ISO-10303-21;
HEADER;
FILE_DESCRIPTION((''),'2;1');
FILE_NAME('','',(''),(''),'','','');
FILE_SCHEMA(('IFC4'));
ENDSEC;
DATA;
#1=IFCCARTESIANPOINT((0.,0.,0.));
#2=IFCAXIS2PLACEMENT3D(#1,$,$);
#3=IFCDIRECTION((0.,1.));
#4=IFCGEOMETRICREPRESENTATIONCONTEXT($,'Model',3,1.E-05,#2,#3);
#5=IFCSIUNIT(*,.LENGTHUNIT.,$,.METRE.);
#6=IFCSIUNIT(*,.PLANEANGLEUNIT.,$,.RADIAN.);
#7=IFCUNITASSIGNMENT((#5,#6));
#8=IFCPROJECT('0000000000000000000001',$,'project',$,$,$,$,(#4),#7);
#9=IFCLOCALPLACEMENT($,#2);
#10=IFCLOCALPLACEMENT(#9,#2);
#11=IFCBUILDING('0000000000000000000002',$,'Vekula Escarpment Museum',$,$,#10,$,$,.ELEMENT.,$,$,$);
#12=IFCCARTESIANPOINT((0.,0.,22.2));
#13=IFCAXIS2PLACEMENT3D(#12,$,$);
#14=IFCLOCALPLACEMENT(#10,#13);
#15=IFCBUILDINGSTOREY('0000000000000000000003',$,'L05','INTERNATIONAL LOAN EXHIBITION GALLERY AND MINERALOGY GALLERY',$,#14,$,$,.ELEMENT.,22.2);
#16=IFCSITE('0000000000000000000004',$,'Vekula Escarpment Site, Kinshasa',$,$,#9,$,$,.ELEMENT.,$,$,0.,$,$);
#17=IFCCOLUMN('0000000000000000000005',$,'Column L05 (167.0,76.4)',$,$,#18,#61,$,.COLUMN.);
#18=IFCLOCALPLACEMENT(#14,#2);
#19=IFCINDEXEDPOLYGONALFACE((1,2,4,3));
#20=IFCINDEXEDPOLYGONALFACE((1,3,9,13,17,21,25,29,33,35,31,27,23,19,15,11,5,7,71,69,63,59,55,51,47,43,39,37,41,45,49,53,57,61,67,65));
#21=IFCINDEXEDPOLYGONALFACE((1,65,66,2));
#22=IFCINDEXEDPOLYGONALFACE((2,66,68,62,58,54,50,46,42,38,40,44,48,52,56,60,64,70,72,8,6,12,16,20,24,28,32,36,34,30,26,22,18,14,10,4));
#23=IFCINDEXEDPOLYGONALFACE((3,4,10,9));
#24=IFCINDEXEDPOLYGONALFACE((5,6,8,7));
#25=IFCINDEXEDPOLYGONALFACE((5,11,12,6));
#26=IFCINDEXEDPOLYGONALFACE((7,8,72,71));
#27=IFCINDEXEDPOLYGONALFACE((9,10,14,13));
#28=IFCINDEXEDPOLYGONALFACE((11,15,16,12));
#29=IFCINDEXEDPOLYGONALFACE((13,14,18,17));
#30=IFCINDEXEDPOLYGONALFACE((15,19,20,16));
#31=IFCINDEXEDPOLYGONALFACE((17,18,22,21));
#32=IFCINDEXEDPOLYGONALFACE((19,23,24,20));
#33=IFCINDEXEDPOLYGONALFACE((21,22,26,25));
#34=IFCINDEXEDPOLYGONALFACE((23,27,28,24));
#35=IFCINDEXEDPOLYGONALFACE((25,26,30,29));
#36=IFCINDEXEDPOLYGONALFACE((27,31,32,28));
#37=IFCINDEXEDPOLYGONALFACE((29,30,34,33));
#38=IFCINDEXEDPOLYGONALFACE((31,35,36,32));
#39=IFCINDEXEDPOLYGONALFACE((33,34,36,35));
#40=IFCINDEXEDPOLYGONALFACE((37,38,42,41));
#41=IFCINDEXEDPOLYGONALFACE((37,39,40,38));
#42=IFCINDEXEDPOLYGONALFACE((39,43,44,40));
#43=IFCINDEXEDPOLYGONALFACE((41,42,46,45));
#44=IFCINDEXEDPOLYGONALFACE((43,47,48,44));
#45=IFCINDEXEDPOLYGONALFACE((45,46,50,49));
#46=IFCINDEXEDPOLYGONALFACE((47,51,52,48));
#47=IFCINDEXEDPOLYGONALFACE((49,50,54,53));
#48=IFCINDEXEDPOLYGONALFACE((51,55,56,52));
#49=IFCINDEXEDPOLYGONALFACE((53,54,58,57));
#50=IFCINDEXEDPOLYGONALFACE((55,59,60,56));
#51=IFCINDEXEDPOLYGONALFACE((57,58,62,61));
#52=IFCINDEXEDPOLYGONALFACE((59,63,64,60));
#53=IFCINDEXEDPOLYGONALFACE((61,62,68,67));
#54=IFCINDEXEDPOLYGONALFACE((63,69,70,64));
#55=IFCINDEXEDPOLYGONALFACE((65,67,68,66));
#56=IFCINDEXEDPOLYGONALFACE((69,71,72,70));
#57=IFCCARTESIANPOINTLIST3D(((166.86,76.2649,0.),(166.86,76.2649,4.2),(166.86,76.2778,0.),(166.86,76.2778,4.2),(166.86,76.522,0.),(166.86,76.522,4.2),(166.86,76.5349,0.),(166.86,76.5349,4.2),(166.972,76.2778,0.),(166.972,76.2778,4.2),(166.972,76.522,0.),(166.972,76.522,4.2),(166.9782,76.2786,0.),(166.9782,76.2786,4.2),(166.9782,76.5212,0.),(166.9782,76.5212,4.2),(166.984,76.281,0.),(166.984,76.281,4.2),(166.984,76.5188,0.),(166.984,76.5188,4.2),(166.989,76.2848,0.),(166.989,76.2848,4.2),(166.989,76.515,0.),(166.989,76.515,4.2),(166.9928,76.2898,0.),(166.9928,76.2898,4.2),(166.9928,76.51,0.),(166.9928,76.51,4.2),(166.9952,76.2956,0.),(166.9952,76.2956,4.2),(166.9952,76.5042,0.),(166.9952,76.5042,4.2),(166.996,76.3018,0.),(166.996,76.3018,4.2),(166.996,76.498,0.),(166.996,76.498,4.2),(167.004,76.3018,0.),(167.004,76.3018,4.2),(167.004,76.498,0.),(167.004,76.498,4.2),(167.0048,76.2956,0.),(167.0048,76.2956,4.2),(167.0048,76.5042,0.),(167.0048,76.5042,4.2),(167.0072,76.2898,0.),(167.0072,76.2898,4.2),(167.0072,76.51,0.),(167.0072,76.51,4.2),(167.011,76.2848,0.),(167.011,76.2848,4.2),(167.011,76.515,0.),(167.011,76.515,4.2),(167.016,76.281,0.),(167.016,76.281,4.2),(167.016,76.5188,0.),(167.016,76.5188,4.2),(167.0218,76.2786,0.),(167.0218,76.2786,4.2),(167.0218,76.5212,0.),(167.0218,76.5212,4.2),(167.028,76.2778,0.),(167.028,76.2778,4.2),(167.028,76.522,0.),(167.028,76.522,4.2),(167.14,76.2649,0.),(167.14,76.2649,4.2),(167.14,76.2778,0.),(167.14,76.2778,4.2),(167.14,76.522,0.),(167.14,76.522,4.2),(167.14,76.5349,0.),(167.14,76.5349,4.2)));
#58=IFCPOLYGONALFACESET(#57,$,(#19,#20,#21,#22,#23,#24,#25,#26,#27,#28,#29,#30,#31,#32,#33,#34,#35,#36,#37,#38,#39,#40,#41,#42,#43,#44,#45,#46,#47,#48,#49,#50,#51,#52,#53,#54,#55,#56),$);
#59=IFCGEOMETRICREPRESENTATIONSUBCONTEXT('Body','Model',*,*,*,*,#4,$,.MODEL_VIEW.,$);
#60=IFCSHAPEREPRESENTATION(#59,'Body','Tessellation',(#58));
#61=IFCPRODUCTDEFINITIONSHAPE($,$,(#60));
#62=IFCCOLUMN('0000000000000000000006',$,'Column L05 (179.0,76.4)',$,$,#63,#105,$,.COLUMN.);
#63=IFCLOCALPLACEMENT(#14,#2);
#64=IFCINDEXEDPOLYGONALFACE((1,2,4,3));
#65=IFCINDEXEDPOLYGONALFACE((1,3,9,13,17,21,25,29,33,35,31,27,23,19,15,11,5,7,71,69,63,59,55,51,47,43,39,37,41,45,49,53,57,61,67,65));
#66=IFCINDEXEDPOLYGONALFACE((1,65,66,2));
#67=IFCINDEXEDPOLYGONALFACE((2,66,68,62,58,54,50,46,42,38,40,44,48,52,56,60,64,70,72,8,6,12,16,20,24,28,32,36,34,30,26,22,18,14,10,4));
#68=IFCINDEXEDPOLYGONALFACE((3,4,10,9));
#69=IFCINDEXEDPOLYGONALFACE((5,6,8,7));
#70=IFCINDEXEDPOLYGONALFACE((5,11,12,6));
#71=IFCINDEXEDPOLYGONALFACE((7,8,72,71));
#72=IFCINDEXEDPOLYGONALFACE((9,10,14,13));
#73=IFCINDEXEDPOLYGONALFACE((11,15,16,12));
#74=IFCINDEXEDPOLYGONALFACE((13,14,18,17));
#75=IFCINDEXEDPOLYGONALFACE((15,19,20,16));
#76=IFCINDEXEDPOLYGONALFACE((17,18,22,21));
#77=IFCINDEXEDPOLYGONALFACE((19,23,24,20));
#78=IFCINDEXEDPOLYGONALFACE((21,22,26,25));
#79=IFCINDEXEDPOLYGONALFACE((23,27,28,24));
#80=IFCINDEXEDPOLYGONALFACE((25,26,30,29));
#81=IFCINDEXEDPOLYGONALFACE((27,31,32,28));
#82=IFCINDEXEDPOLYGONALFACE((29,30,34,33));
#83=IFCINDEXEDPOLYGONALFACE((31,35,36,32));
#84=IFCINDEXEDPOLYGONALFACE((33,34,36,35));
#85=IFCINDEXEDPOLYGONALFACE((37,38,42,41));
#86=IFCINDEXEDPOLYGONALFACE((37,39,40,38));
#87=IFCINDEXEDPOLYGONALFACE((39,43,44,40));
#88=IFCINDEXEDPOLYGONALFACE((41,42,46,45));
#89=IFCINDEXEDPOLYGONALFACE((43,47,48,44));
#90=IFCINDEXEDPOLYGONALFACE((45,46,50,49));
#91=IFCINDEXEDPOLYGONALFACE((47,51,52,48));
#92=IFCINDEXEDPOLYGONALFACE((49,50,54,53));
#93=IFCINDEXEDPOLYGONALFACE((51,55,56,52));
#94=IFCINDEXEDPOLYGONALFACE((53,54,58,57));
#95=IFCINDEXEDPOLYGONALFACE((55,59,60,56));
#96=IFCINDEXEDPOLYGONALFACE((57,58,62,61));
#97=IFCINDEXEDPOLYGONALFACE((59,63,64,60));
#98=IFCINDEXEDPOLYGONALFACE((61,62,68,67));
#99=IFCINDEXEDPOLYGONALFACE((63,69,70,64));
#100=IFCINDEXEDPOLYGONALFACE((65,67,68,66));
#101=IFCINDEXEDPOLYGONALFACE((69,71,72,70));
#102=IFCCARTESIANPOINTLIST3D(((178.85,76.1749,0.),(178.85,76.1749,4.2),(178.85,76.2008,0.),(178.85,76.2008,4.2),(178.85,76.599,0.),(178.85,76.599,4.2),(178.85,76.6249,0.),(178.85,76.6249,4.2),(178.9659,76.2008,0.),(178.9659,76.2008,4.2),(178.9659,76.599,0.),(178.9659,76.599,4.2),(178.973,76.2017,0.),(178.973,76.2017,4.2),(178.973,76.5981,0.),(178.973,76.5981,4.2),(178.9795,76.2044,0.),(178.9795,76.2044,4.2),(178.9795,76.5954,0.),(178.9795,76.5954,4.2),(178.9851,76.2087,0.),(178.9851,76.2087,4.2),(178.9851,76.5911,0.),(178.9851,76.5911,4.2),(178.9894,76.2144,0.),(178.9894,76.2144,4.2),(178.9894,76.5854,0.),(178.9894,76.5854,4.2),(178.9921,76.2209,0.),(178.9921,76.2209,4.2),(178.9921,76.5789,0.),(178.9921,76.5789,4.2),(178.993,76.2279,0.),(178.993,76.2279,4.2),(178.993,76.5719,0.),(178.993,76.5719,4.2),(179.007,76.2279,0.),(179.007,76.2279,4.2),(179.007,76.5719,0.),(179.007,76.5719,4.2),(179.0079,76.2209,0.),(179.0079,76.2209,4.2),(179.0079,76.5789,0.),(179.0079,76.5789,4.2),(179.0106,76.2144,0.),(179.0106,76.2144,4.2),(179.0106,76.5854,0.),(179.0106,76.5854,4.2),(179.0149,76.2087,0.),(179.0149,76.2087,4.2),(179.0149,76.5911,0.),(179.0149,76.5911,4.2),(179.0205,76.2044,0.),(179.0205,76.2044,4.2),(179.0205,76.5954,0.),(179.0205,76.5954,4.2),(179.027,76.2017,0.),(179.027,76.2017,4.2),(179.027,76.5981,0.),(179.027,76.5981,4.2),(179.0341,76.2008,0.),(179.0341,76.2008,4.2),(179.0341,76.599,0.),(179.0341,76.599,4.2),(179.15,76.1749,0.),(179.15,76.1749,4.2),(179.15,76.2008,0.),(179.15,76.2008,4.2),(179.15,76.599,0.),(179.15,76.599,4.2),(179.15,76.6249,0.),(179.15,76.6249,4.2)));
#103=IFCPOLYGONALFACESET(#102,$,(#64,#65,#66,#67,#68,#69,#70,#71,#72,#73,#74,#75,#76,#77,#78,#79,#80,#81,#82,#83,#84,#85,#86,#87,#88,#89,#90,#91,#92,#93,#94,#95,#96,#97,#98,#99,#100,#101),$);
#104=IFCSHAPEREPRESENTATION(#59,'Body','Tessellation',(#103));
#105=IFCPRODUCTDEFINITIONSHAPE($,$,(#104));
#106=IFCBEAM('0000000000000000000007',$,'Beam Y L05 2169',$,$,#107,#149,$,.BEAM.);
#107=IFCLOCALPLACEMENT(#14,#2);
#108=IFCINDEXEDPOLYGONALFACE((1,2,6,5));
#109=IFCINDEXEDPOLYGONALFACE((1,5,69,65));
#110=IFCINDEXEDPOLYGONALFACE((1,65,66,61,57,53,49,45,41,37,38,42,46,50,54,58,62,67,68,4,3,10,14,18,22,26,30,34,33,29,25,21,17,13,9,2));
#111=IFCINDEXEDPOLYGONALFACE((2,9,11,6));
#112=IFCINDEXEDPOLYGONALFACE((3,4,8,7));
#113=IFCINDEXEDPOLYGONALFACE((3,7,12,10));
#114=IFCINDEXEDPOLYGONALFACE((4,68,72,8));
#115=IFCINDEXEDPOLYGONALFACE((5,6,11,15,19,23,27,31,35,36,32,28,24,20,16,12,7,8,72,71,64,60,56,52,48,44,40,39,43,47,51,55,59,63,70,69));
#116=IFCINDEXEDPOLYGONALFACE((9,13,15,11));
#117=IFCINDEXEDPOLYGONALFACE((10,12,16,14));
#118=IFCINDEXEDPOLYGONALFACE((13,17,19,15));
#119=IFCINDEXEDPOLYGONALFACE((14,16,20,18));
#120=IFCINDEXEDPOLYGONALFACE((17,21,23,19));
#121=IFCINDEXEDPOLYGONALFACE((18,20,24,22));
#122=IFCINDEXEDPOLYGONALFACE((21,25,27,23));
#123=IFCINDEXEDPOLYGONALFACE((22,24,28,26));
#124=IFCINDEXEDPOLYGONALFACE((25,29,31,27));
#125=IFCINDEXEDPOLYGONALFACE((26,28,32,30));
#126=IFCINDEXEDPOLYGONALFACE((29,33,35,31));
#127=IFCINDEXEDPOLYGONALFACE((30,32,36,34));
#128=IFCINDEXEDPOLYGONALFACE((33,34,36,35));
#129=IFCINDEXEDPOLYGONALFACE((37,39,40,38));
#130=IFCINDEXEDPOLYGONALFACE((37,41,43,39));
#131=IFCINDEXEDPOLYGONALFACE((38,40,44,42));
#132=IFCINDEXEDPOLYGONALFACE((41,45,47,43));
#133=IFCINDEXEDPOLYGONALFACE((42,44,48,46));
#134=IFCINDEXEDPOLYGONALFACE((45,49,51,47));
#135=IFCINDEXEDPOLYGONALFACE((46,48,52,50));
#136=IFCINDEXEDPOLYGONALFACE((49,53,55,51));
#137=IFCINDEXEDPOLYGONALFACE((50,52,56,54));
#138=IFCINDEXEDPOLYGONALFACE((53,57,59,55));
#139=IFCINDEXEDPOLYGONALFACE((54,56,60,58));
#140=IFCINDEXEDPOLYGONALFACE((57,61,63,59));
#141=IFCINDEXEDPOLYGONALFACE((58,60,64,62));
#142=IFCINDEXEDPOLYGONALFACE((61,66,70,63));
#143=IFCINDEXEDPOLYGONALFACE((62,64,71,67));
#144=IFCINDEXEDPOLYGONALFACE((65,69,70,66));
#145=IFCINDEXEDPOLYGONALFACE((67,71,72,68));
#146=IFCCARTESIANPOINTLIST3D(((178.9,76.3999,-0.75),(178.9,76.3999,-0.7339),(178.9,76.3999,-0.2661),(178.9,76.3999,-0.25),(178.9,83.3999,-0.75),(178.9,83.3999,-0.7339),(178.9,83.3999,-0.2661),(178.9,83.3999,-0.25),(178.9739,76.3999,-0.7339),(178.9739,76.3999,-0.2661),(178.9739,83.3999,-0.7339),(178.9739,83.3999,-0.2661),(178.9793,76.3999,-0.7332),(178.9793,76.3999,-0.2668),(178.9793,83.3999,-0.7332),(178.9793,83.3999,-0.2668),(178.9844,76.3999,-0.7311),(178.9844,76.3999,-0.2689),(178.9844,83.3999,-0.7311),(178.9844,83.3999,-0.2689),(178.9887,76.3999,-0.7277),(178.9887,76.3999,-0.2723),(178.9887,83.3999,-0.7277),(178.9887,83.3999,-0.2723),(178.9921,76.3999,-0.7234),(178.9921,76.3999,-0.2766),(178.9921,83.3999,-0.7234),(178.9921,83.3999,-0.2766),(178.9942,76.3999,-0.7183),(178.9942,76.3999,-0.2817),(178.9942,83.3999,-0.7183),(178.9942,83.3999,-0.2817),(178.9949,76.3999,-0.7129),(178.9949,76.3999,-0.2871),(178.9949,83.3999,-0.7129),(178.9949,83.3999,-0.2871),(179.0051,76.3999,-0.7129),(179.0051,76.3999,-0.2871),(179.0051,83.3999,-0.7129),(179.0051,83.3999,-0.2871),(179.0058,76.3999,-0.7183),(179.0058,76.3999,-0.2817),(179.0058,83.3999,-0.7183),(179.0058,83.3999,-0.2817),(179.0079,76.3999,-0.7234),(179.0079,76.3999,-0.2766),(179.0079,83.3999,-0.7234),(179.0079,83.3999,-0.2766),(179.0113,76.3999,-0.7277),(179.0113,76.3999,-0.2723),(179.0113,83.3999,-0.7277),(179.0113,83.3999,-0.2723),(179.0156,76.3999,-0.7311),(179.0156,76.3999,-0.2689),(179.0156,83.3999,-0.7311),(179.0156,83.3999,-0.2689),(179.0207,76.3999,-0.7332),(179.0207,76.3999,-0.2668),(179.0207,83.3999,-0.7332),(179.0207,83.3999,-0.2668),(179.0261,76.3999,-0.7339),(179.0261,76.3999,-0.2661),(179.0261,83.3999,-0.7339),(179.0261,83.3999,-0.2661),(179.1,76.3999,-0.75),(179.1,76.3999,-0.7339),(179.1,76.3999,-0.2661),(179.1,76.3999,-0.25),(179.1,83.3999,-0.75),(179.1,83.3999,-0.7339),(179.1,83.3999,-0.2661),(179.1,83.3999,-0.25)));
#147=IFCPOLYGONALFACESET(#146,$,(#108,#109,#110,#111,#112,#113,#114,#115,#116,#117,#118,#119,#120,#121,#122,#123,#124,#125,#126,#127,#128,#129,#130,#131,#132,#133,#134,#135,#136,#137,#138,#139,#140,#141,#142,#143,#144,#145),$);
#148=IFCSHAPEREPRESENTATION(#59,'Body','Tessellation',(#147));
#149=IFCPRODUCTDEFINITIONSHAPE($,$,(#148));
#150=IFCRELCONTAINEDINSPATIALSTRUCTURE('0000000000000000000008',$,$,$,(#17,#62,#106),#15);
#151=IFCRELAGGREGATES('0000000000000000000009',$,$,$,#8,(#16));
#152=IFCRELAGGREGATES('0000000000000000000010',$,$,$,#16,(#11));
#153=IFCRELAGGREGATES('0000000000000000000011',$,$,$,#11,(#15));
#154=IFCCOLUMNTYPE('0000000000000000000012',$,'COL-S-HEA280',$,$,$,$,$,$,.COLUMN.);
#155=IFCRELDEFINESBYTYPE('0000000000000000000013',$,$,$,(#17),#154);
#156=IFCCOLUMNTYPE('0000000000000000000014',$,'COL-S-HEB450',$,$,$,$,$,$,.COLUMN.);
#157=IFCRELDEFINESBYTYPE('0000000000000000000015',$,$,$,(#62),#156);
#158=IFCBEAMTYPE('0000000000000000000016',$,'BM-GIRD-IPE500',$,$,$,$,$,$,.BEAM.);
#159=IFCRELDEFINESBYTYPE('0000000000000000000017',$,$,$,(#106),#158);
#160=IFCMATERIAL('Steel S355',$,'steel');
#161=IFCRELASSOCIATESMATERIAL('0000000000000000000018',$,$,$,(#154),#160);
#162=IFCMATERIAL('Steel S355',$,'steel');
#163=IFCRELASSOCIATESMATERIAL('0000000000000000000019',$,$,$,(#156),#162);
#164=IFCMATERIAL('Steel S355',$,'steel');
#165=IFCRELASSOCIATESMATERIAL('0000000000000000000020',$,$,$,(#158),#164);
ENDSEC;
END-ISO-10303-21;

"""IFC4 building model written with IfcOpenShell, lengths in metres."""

from ifc_helpers import new_model, si_unit, direction, frame, origin, origin_2d, place, context, subcontext, project, spatial, i_section, extrude, material, material_profile, profile_set, type_object, element, save


model = new_model("IFC4")

# Units and contexts
model_context = context("Model", 3, precision=1e-05, world=origin(), true_north=direction((0.0, 1.0)))
body_context = subcontext(model_context, "Body", "Model", "MODEL_VIEW")
ifc_project = project(units=[si_unit("LENGTHUNIT", "METRE"), si_unit("PLANEANGLEUNIT", "RADIAN")], contexts=[model_context])

# Site, building, storey
site_placement = place(None, origin())
site = spatial("IfcSite", under=ifc_project, at=site_placement, Name="Vekula Escarpment Site, Kinshasa", CompositionType="ELEMENT", RefElevation=0.0)
building_placement = place(site_placement, origin())
building = spatial("IfcBuilding", under=site, at=building_placement, Name="Vekula Escarpment Museum", CompositionType="ELEMENT")
storey_placement = place(building_placement, frame((0.0, 0.0, 22.2)))
storey = spatial("IfcBuildingStorey", under=building, at=storey_placement, Name="L05", Description="INTERNATIONAL LOAN EXHIBITION GALLERY AND MINERALOGY GALLERY", CompositionType="ELEMENT", Elevation=22.2)

# Columns
ifc_material_1 = material(Name="Steel S355", Category="steel")
ifc_material_profile_1 = material_profile(ifc_material_1, i_section(OverallWidth=0.28, OverallDepth=0.27, WebThickness=0.0081, FlangeThickness=0.0129, FilletRadius=0.0239, at=origin_2d()), Name="HEA 280")
ifc_profile_set_1 = profile_set([ifc_material_profile_1], Name="Steel S355")
column_type_1 = type_object("IfcColumnType", Name="COL-S-HEA280", PredefinedType="COLUMN", material=ifc_profile_set_1)
column_1_placement = place(storey_placement, frame((167.0, 76.3999, 0.0), z_axis=(0.0, 0.0, 1.0), x_axis=(1.0, 0.0, 0.0)))
element("IfcColumn", 1, at=column_1_placement, inside=storey, type_object=column_type_1, Name="Column L05 (167.0,76.4)", PredefinedType="COLUMN", context=body_context, shape_type="SweptSolid", body=[
    extrude(i_section(OverallWidth=0.28, OverallDepth=0.27, WebThickness=0.0081, FlangeThickness=0.0129, FilletRadius=0.0239, at=origin_2d()), origin(), (0.0, 0.0, 1.0), 4.2),
])
ifc_material_2 = material(Name="Steel S355", Category="steel")
ifc_material_profile_2 = material_profile(ifc_material_2, i_section(OverallWidth=0.3, OverallDepth=0.45, WebThickness=0.0139, FlangeThickness=0.0259, FilletRadius=0.0271, at=origin_2d()), Name="HEB 450")
ifc_profile_set_2 = profile_set([ifc_material_profile_2], Name="Steel S355")
column_type_2 = type_object("IfcColumnType", Name="COL-S-HEB450", PredefinedType="COLUMN", material=ifc_profile_set_2)
column_2_placement = place(storey_placement, frame((179.0, 76.3999, 0.0), z_axis=(0.0, 0.0, 1.0), x_axis=(1.0, 0.0, 0.0)))
element("IfcColumn", 2, at=column_2_placement, inside=storey, type_object=column_type_2, Name="Column L05 (179.0,76.4)", PredefinedType="COLUMN", context=body_context, shape_type="SweptSolid", body=[
    extrude(i_section(OverallWidth=0.3, OverallDepth=0.45, WebThickness=0.0139, FlangeThickness=0.0259, FilletRadius=0.0271, at=origin_2d()), origin(), (0.0, 0.0, 1.0), 4.2),
])

# Beam
ifc_material_3 = material(Name="Steel S355", Category="steel")
ifc_material_profile_3 = material_profile(ifc_material_3, i_section(OverallWidth=0.2, OverallDepth=0.5, WebThickness=0.0103, FlangeThickness=0.0161, FilletRadius=0.021, at=origin_2d()), Name="IPE 500")
ifc_profile_set_3 = profile_set([ifc_material_profile_3], Name="Steel S355")
beam_type_1 = type_object("IfcBeamType", Name="BM-GIRD-IPE500", PredefinedType="BEAM", material=ifc_profile_set_3)
beam_1_placement = place(storey_placement, frame((179.0, 76.3999, -0.5), z_axis=(0.0, 1.0, 0.0), x_axis=(-1.0, 0.0, 0.0)))
element("IfcBeam", 3, at=beam_1_placement, inside=storey, type_object=beam_type_1, Name="Beam Y L05 2169", PredefinedType="BEAM", context=body_context, shape_type="SweptSolid", body=[
    extrude(i_section(OverallWidth=0.2, OverallDepth=0.5, WebThickness=0.0103, FlangeThickness=0.0161, FilletRadius=0.021, at=origin_2d()), origin(), (0.0, 0.0, 1.0), 7.0),
])

save(model, "model.ifc")
